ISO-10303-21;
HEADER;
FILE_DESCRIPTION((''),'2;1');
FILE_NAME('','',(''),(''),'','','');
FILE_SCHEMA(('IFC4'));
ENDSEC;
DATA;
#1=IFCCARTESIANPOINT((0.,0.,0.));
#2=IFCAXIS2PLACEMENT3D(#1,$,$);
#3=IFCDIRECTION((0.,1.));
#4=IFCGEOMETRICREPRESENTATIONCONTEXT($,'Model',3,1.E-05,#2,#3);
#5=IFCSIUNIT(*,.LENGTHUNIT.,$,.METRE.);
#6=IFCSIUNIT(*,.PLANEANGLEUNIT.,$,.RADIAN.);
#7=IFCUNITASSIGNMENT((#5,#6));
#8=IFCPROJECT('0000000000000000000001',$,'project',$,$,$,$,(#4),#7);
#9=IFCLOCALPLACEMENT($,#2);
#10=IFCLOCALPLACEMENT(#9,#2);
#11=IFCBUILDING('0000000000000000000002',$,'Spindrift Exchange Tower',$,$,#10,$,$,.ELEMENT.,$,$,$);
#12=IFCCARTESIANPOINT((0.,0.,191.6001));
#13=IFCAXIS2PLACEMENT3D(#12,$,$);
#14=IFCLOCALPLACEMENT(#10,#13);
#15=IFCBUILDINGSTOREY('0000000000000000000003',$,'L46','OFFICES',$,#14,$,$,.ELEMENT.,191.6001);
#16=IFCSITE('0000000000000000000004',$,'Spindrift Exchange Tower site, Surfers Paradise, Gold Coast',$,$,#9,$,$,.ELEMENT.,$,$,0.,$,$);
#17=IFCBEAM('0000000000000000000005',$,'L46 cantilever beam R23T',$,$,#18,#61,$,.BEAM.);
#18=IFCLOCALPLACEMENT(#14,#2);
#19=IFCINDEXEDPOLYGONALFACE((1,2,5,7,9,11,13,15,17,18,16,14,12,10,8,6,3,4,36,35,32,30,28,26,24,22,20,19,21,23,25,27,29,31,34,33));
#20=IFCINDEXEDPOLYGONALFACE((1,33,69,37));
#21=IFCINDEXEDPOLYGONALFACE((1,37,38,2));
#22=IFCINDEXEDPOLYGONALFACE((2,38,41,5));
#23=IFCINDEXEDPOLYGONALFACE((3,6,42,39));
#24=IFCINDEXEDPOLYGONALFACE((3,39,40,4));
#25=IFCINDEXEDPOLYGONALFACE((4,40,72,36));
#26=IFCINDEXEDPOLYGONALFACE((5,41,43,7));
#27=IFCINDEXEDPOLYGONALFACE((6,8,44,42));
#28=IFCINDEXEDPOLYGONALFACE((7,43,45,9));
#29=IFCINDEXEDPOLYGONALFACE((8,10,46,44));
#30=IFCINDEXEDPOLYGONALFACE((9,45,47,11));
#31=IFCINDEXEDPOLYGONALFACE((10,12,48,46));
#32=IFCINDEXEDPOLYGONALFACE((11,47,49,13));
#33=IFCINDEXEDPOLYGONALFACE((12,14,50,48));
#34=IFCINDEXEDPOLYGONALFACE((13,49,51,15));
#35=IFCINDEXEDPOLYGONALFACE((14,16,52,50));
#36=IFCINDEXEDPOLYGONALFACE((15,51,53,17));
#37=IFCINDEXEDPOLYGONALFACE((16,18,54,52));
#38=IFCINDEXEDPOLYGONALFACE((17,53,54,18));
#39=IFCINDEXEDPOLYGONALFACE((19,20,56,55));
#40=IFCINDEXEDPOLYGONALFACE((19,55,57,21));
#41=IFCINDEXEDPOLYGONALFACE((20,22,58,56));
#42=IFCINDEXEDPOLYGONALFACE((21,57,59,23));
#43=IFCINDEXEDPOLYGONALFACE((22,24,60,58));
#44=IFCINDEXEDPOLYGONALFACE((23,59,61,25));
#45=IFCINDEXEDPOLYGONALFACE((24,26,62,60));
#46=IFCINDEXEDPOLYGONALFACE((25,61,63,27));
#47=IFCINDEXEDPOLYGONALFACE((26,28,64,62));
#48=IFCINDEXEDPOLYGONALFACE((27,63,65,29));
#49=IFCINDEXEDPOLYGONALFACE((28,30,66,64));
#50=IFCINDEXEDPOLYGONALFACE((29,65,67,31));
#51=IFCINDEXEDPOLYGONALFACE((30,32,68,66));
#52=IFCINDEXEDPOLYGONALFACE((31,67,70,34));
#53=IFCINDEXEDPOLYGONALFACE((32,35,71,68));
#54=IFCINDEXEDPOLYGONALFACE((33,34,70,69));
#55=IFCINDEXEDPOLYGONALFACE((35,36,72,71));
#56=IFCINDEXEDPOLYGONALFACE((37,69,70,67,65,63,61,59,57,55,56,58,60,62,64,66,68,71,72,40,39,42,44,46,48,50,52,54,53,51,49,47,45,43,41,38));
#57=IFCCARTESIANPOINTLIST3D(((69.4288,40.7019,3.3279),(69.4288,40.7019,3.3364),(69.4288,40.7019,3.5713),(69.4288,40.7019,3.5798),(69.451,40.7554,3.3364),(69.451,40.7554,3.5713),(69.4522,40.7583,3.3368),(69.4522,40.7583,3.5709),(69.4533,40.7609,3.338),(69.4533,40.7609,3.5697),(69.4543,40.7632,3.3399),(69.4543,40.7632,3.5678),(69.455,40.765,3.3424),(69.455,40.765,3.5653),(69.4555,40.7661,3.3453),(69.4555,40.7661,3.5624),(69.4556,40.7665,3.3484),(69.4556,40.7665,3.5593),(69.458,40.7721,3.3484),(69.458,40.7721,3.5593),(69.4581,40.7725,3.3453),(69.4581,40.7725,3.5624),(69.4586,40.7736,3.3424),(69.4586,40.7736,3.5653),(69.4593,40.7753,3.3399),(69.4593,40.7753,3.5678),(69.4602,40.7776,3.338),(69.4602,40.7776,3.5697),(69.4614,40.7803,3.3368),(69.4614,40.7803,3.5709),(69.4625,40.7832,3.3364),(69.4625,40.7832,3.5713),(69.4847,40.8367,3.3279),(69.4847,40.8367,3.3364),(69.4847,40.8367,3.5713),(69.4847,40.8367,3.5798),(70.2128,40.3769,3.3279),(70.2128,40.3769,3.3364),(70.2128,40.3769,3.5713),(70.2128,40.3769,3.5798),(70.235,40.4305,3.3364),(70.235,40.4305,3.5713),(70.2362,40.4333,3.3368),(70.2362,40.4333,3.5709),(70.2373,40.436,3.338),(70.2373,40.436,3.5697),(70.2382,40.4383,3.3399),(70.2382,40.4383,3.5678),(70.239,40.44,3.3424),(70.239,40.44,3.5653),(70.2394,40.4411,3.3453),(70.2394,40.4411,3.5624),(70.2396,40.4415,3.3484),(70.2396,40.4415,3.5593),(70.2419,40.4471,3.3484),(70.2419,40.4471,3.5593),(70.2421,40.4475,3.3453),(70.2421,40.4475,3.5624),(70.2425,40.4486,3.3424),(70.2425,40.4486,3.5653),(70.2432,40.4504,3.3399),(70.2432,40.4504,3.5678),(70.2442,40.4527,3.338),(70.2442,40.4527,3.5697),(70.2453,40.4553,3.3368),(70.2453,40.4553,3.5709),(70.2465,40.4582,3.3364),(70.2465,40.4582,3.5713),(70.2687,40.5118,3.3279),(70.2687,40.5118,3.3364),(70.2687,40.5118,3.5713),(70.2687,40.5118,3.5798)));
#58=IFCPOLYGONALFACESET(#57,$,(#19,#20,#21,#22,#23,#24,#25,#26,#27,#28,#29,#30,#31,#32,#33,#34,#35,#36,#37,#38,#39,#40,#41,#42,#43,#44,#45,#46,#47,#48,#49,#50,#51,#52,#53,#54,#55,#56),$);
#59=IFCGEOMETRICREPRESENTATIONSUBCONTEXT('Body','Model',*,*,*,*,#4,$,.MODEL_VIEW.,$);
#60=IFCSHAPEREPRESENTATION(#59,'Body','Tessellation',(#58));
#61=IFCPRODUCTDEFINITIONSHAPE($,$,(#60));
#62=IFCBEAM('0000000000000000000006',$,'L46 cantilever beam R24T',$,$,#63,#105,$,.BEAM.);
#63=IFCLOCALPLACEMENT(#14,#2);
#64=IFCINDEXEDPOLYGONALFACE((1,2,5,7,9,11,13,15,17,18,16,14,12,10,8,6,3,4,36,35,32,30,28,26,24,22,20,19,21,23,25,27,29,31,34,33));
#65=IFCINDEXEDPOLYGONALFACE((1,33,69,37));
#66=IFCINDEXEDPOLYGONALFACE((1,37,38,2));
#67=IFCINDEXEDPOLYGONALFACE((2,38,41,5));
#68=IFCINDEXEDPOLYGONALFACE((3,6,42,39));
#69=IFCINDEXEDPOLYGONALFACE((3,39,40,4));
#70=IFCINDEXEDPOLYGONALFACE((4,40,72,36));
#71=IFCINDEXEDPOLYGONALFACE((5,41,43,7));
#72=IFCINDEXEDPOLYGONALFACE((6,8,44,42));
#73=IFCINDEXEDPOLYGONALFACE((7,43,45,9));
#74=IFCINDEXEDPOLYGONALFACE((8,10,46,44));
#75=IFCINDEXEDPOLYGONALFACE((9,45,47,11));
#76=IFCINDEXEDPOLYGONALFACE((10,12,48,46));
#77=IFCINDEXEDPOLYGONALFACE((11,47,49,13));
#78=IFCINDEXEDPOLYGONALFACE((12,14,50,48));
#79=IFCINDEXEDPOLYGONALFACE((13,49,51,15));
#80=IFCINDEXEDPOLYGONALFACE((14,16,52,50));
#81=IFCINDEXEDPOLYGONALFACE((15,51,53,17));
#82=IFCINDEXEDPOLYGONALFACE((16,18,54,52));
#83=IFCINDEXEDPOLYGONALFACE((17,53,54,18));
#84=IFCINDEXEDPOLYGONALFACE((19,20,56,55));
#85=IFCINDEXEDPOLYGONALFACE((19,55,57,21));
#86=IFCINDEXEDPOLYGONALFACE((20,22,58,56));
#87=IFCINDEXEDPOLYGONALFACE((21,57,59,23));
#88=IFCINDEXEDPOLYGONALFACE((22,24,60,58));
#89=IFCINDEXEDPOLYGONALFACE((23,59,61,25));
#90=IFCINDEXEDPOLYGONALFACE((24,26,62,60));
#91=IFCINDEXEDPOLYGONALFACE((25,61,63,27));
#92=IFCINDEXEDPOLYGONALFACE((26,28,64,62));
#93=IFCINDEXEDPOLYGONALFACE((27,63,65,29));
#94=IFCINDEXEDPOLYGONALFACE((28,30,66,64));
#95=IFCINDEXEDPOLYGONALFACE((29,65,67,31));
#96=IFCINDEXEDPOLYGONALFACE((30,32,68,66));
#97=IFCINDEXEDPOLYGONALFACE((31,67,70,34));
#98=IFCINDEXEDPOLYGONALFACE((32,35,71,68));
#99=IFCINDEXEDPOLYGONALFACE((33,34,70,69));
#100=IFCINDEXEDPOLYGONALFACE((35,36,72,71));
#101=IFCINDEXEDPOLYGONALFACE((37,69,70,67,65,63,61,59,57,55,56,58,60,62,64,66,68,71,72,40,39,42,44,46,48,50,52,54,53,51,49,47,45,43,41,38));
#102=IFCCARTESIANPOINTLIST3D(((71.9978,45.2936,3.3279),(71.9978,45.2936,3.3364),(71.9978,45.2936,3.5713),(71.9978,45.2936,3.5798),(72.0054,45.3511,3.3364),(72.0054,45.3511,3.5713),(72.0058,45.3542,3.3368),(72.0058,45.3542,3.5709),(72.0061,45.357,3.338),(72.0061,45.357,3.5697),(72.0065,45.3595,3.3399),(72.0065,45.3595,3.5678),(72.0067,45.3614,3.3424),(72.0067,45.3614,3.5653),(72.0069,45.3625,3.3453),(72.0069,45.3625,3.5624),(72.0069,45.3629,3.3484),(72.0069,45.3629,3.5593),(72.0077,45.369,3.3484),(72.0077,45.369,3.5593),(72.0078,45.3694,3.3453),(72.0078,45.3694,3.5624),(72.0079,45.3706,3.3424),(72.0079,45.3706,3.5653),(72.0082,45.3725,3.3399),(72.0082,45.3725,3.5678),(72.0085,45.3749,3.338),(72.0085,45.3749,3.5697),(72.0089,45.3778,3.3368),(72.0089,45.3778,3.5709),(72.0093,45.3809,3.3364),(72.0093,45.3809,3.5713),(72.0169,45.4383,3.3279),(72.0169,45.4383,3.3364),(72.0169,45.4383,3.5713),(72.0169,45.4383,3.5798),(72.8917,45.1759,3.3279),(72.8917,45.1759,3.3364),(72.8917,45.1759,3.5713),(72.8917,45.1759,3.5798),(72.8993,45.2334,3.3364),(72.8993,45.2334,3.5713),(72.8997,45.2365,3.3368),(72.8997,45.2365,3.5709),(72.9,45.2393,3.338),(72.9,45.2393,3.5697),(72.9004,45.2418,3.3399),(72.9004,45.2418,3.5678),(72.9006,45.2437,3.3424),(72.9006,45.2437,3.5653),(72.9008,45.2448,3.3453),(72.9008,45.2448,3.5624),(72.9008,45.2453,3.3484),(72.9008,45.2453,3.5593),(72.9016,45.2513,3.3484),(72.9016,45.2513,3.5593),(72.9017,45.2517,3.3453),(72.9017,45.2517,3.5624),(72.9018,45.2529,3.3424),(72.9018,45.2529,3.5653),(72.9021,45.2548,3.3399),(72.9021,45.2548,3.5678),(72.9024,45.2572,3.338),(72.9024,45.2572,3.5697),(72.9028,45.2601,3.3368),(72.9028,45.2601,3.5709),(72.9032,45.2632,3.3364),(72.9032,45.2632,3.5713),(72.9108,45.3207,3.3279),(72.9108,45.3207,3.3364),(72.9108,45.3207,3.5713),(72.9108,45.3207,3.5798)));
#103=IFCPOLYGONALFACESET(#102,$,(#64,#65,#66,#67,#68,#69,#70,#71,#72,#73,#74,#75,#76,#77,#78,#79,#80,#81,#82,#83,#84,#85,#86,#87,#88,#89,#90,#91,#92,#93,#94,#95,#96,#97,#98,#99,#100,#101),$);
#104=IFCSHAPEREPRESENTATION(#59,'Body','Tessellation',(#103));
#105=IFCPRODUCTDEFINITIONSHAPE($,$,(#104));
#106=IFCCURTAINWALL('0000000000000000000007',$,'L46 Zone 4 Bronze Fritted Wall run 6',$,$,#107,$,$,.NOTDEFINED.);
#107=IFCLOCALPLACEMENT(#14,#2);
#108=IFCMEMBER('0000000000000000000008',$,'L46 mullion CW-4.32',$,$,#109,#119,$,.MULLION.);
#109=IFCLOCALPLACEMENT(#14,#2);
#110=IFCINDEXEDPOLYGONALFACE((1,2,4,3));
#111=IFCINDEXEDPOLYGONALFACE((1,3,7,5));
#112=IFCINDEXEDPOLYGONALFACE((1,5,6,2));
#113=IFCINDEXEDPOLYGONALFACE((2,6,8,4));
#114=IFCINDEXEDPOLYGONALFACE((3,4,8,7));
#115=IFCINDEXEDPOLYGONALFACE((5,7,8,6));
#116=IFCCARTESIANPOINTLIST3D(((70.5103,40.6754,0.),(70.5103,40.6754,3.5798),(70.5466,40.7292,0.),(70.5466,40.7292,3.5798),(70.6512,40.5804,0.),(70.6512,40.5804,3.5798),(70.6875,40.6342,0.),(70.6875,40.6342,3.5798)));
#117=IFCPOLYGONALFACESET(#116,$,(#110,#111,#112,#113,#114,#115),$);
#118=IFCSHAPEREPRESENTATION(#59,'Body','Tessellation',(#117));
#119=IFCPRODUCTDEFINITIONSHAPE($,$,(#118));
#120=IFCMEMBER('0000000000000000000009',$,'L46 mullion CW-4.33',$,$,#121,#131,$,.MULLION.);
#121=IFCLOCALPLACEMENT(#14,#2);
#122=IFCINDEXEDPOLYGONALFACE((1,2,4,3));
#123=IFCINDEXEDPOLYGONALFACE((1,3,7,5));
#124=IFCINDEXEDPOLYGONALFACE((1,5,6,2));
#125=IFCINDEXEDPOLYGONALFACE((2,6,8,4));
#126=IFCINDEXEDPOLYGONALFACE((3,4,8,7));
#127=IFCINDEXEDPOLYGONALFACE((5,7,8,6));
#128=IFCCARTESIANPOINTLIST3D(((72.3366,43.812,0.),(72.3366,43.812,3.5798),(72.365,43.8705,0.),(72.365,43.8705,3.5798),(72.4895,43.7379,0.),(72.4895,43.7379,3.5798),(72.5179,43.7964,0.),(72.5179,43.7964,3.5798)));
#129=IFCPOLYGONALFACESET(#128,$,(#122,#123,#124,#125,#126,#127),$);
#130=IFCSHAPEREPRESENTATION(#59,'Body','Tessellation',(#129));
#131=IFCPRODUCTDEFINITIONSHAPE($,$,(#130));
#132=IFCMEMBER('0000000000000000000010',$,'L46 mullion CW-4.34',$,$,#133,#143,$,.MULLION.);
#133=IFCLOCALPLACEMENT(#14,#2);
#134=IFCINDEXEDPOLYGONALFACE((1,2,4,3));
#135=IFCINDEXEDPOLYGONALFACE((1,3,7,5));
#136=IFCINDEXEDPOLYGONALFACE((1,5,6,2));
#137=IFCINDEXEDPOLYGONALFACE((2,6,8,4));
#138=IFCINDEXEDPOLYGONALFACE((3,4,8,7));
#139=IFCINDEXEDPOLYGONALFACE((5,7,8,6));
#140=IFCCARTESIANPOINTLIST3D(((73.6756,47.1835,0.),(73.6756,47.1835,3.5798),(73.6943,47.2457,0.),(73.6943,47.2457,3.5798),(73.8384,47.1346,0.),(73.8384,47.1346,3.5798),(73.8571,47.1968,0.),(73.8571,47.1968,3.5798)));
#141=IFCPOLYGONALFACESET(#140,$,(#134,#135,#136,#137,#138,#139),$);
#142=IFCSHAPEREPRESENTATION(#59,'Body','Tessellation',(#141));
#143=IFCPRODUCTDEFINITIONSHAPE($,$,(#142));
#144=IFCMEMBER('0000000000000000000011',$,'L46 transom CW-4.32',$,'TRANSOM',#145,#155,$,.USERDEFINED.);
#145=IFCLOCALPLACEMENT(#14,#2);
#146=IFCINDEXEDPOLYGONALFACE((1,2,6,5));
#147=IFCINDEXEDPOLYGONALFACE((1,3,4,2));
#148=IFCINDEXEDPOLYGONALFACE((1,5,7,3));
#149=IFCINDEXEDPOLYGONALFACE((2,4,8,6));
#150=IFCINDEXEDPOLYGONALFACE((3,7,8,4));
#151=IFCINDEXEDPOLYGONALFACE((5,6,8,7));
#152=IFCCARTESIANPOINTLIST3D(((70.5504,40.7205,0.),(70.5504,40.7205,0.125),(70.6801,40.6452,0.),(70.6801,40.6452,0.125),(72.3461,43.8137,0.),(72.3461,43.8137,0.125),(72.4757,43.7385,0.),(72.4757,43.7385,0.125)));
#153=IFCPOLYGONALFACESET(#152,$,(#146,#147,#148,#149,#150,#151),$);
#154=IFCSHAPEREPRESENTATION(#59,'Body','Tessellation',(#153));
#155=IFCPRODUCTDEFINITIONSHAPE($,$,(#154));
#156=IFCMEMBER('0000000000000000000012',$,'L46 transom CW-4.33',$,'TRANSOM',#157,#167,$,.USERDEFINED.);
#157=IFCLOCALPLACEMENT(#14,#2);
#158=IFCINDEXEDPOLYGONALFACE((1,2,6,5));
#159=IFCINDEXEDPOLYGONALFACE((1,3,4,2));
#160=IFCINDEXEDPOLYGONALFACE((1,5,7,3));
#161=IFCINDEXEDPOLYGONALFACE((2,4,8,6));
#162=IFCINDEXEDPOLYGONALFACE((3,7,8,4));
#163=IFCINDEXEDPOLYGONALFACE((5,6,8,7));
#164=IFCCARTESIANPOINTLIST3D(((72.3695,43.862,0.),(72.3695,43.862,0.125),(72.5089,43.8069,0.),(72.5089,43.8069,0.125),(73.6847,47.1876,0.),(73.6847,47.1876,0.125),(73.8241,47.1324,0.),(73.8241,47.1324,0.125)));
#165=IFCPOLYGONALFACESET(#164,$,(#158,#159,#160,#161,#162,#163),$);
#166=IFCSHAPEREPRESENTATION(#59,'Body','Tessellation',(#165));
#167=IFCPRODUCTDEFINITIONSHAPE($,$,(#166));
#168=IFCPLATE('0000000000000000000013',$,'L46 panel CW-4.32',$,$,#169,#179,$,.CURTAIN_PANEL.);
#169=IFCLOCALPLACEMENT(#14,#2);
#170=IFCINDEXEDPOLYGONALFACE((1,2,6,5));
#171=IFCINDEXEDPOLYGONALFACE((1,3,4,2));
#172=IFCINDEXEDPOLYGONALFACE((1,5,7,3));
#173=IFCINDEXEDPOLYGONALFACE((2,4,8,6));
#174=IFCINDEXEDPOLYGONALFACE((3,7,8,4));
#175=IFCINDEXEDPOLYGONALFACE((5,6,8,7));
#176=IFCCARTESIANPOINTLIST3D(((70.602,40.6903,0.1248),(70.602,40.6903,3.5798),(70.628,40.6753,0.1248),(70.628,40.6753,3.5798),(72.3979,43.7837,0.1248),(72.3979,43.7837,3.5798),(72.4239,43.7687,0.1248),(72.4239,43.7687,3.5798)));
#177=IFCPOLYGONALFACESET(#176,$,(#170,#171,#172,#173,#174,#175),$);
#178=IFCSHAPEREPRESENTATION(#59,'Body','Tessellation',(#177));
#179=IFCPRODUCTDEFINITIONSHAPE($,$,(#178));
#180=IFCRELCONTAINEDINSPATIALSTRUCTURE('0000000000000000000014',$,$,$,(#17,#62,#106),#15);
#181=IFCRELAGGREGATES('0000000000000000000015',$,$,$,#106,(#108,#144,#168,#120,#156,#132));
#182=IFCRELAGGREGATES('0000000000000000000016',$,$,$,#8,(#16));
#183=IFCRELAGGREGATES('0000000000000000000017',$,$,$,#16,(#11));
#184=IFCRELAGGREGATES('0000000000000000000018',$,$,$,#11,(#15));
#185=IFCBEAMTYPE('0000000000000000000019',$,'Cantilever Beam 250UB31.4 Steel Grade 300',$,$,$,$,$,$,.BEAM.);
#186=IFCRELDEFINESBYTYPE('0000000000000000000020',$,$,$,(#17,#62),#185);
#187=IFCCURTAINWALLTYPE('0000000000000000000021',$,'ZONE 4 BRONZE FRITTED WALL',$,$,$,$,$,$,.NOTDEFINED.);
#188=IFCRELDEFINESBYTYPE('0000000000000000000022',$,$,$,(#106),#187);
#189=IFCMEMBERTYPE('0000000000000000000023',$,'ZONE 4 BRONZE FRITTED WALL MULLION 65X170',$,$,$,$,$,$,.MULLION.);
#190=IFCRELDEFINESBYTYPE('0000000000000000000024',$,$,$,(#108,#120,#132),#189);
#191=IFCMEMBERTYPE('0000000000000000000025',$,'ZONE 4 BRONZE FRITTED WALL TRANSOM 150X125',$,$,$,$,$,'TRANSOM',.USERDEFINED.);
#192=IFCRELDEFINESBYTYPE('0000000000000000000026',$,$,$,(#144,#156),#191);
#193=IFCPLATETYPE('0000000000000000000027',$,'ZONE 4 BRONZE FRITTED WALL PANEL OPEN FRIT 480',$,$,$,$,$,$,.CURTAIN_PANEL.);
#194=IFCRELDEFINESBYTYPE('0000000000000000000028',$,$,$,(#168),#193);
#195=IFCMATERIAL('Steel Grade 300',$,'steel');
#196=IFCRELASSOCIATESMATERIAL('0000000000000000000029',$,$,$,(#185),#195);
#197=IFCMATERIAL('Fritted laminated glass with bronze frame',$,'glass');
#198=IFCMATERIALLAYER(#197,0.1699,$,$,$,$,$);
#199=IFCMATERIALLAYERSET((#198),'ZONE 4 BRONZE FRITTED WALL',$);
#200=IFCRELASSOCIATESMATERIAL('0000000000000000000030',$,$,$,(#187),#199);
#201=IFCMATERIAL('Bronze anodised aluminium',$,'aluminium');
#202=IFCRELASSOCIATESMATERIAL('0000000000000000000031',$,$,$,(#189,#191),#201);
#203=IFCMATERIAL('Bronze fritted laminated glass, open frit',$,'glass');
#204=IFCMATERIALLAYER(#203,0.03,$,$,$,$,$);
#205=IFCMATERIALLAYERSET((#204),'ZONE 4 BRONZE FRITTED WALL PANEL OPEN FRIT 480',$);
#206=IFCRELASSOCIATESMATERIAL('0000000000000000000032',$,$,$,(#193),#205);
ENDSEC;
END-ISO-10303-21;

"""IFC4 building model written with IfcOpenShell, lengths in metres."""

from ifc_helpers import new_model, si_unit, direction, frame, origin, origin_2d, place, context, subcontext, project, spatial, rectangle, i_section, extrude, source, transform, mapped, material, layer, layer_set, material_profile, profile_set, type_object, element, aggregate, save


model = new_model("IFC4")

# Units and contexts
model_context = context("Model", 3, precision=1e-05, world=origin(), true_north=direction((0.0, 1.0)))
body_context = subcontext(model_context, "Body", "Model", "MODEL_VIEW")
ifc_project = project(units=[si_unit("LENGTHUNIT", "METRE"), si_unit("PLANEANGLEUNIT", "RADIAN")], contexts=[model_context])

# Site, building, storey
site_placement = place(None, origin())
site = spatial("IfcSite", under=ifc_project, at=site_placement, Name="Spindrift Exchange Tower site, Surfers Paradise, Gold Coast", CompositionType="ELEMENT", RefElevation=0.0)
building_placement = place(site_placement, origin())
building = spatial("IfcBuilding", under=site, at=building_placement, Name="Spindrift Exchange Tower", CompositionType="ELEMENT")
storey_placement = place(building_placement, frame((0.0, 0.0, 191.6001)))
storey = spatial("IfcBuildingStorey", under=building, at=storey_placement, Name="L46", Description="OFFICES", CompositionType="ELEMENT", Elevation=191.6001)

# Beams
ifc_material_1 = material(Name="Steel Grade 300", Category="steel")
ifc_material_profile_1 = material_profile(ifc_material_1, i_section(OverallWidth=0.146, OverallDepth=0.252, WebThickness=0.0061, FlangeThickness=0.0085, FilletRadius=0.012, at=origin_2d()), Name="250UB31.4")
ifc_profile_set_1 = profile_set([ifc_material_profile_1], Name="Steel Grade 300")
beam_type_1 = type_object("IfcBeamType", Name="Cantilever Beam 250UB31.4 Steel Grade 300", PredefinedType="BEAM", material=ifc_profile_set_1)
shared_shape_1 = source(origin(), body_context, "Body", "SweptSolid", [
    extrude(i_section(OverallWidth=0.146, OverallDepth=0.252, WebThickness=0.0061, FlangeThickness=0.0085, FilletRadius=0.012, at=origin_2d()), origin(), (0.0, 0.0, 1.0), 0.8486),
])
beam_1_placement = place(storey_placement, frame((69.4568, 40.7693, 3.4539), z_axis=(0.923782, -0.382919, 0.0), x_axis=(0.382919, 0.923782, 0.0)))
element("IfcBeam", 1, at=beam_1_placement, inside=storey, type_object=beam_type_1, Name="L46 cantilever beam R23T", PredefinedType="BEAM", context=body_context, shape_type="MappedRepresentation", body=[
    mapped(shared_shape_1, transform((0.0, 0.0, 0.0), scale=1.0)),
])
shared_shape_2 = source(origin(), body_context, "Body", "SweptSolid", [
    extrude(i_section(OverallWidth=0.146, OverallDepth=0.252, WebThickness=0.0061, FlangeThickness=0.0085, FilletRadius=0.012, at=origin_2d()), origin(), (0.0, 0.0, 1.0), 0.9016),
])
beam_2_placement = place(storey_placement, frame((72.0073, 45.366, 3.4539), z_axis=(0.991444, -0.130532, 0.0), x_axis=(0.130532, 0.991444, 0.0)))
element("IfcBeam", 2, at=beam_2_placement, inside=storey, type_object=beam_type_1, Name="L46 cantilever beam R24T", PredefinedType="BEAM", context=body_context, shape_type="MappedRepresentation", body=[
    mapped(shared_shape_2, transform((0.0, 0.0, 0.0), scale=1.0)),
])

# Curtain wall, members, plate
ifc_material_2 = material(Name="Fritted laminated glass with bronze frame", Category="glass")
ifc_layer_1 = layer(ifc_material_2, 0.1699)
ifc_layer_set_1 = layer_set([ifc_layer_1], Name="ZONE 4 BRONZE FRITTED WALL")
curtain_wall_type = type_object("IfcCurtainWallType", Name="ZONE 4 BRONZE FRITTED WALL", PredefinedType="NOTDEFINED", material=ifc_layer_set_1)
curtain_wall_placement = place(storey_placement, origin())
curtain_wall = element("IfcCurtainWall", 3, at=curtain_wall_placement, inside=storey, type_object=curtain_wall_type, Name="L46 Zone 4 Bronze Fritted Wall run 6", PredefinedType="NOTDEFINED")
ifc_material_3 = material(Name="Bronze anodised aluminium", Category="aluminium")
ifc_material_profile_2 = material_profile(ifc_material_3, rectangle(XDim=0.0649, YDim=0.1699, at=origin_2d()), Name="ZONE 4 BRONZE FRITTED WALL MULLION 65X170")
ifc_profile_set_2 = profile_set([ifc_material_profile_2], Name="Bronze anodised aluminium")
member_type_1 = type_object("IfcMemberType", Name="ZONE 4 BRONZE FRITTED WALL MULLION 65X170", PredefinedType="MULLION", material=ifc_profile_set_2)
shared_shape_3 = source(origin(), body_context, "Body", "SweptSolid", [
    extrude(rectangle(XDim=0.0649, YDim=0.1699, at=origin_2d()), origin(), (0.0, 0.0, 1.0), 3.5798),
])
member_1_placement = place(storey_placement, frame((70.5989, 40.6548, 0.0), z_axis=(0.0, 0.0, 1.0), x_axis=(0.559185, 0.829043, 0.0)))
member_1 = element("IfcMember", 4, at=member_1_placement, type_object=member_type_1, Name="L46 mullion CW-4.32", PredefinedType="MULLION", context=body_context, shape_type="MappedRepresentation", body=[
    mapped(shared_shape_3, transform((0.0, 0.0, 0.0), scale=1.0)),
])
member_2_placement = place(storey_placement, frame((72.4272, 43.8042, 0.0), z_axis=(0.0, 0.0, 1.0), x_axis=(0.436129, 0.899884, 0.0)))
member_2 = element("IfcMember", 5, at=member_2_placement, type_object=member_type_1, Name="L46 mullion CW-4.33", PredefinedType="MULLION", context=body_context, shape_type="MappedRepresentation", body=[
    mapped(shared_shape_3, transform((0.0, 0.0, 0.0), scale=1.0)),
])
member_3_placement = place(storey_placement, frame((73.7664, 47.1902, 0.0), z_axis=(0.0, 0.0, 1.0), x_axis=(0.287846, 0.957677, 0.0)))
member_3 = element("IfcMember", 6, at=member_3_placement, type_object=member_type_1, Name="L46 mullion CW-4.34", PredefinedType="MULLION", context=body_context, shape_type="MappedRepresentation", body=[
    mapped(shared_shape_3, transform((0.0, 0.0, 0.0), scale=1.0)),
])
ifc_material_profile_3 = material_profile(ifc_material_3, rectangle(XDim=0.1499, YDim=0.125, at=origin_2d()), Name="ZONE 4 BRONZE FRITTED WALL TRANSOM 150X125")
ifc_profile_set_3 = profile_set([ifc_material_profile_3], Name="Bronze anodised aluminium")
member_type_2 = type_object("IfcMemberType", Name="ZONE 4 BRONZE FRITTED WALL TRANSOM 150X125", ElementType="TRANSOM", PredefinedType="USERDEFINED", material=ifc_profile_set_3)
shared_shape_4 = source(origin(), body_context, "Body", "SweptSolid", [
    extrude(rectangle(XDim=0.1499, YDim=0.125, at=origin_2d()), origin(), (0.0, 0.0, 1.0), 3.5767),
])
member_4_placement = place(storey_placement, frame((70.6152, 40.6829, 0.0625), z_axis=(0.502045, 0.864842, 0.0), x_axis=(-0.864842, 0.502045, 0.0)))
member_4 = element("IfcMember", 7, at=member_4_placement, type_object=member_type_2, Name="L46 transom CW-4.32", ObjectType="TRANSOM", PredefinedType="USERDEFINED", context=body_context, shape_type="MappedRepresentation", body=[
    mapped(shared_shape_4, transform((0.0, 0.0, 0.0), scale=1.0)),
])
shared_shape_5 = source(origin(), body_context, "Body", "SweptSolid", [
    extrude(rectangle(XDim=0.1499, YDim=0.125, at=origin_2d()), origin(), (0.0, 0.0, 1.0), 3.5762),
])
member_5_placement = place(storey_placement, frame((72.4392, 43.8345, 0.0625), z_axis=(0.367774, 0.929915, 0.0), x_axis=(-0.929915, 0.367774, 0.0)))
member_5 = element("IfcMember", 8, at=member_5_placement, type_object=member_type_2, Name="L46 transom CW-4.33", ObjectType="TRANSOM", PredefinedType="USERDEFINED", context=body_context, shape_type="MappedRepresentation", body=[
    mapped(shared_shape_5, transform((0.0, 0.0, 0.0), scale=1.0)),
])
ifc_material_4 = material(Name="Bronze fritted laminated glass, open frit", Category="glass")
ifc_layer_2 = layer(ifc_material_4, 0.03)
ifc_layer_set_2 = layer_set([ifc_layer_2], Name="ZONE 4 BRONZE FRITTED WALL PANEL OPEN FRIT 480")
plate_type_1 = type_object("IfcPlateType", Name="ZONE 4 BRONZE FRITTED WALL PANEL OPEN FRIT 480", PredefinedType="CURTAIN_PANEL", material=ifc_layer_set_2)
shared_shape_6 = source(origin(), body_context, "Body", "SweptSolid", [
    extrude(rectangle(XDim=3.5769, YDim=0.03, at=origin_2d()), origin(), (0.0, 0.0, 1.0), 3.4551),
])
plate_1_placement = place(storey_placement, frame((71.5129, 42.2295, 0.1248), z_axis=(0.0, 0.0, 1.0), x_axis=(0.502074, 0.864825, 0.0)))
plate_1 = element("IfcPlate", 9, at=plate_1_placement, type_object=plate_type_1, Name="L46 panel CW-4.32", PredefinedType="CURTAIN_PANEL", context=body_context, shape_type="MappedRepresentation", body=[
    mapped(shared_shape_6, transform((0.0, 0.0, 0.0), scale=1.0)),
])
aggregate(curtain_wall, [member_1, member_4, plate_1, member_2, member_5, member_3])

save(model, "model.ifc")
